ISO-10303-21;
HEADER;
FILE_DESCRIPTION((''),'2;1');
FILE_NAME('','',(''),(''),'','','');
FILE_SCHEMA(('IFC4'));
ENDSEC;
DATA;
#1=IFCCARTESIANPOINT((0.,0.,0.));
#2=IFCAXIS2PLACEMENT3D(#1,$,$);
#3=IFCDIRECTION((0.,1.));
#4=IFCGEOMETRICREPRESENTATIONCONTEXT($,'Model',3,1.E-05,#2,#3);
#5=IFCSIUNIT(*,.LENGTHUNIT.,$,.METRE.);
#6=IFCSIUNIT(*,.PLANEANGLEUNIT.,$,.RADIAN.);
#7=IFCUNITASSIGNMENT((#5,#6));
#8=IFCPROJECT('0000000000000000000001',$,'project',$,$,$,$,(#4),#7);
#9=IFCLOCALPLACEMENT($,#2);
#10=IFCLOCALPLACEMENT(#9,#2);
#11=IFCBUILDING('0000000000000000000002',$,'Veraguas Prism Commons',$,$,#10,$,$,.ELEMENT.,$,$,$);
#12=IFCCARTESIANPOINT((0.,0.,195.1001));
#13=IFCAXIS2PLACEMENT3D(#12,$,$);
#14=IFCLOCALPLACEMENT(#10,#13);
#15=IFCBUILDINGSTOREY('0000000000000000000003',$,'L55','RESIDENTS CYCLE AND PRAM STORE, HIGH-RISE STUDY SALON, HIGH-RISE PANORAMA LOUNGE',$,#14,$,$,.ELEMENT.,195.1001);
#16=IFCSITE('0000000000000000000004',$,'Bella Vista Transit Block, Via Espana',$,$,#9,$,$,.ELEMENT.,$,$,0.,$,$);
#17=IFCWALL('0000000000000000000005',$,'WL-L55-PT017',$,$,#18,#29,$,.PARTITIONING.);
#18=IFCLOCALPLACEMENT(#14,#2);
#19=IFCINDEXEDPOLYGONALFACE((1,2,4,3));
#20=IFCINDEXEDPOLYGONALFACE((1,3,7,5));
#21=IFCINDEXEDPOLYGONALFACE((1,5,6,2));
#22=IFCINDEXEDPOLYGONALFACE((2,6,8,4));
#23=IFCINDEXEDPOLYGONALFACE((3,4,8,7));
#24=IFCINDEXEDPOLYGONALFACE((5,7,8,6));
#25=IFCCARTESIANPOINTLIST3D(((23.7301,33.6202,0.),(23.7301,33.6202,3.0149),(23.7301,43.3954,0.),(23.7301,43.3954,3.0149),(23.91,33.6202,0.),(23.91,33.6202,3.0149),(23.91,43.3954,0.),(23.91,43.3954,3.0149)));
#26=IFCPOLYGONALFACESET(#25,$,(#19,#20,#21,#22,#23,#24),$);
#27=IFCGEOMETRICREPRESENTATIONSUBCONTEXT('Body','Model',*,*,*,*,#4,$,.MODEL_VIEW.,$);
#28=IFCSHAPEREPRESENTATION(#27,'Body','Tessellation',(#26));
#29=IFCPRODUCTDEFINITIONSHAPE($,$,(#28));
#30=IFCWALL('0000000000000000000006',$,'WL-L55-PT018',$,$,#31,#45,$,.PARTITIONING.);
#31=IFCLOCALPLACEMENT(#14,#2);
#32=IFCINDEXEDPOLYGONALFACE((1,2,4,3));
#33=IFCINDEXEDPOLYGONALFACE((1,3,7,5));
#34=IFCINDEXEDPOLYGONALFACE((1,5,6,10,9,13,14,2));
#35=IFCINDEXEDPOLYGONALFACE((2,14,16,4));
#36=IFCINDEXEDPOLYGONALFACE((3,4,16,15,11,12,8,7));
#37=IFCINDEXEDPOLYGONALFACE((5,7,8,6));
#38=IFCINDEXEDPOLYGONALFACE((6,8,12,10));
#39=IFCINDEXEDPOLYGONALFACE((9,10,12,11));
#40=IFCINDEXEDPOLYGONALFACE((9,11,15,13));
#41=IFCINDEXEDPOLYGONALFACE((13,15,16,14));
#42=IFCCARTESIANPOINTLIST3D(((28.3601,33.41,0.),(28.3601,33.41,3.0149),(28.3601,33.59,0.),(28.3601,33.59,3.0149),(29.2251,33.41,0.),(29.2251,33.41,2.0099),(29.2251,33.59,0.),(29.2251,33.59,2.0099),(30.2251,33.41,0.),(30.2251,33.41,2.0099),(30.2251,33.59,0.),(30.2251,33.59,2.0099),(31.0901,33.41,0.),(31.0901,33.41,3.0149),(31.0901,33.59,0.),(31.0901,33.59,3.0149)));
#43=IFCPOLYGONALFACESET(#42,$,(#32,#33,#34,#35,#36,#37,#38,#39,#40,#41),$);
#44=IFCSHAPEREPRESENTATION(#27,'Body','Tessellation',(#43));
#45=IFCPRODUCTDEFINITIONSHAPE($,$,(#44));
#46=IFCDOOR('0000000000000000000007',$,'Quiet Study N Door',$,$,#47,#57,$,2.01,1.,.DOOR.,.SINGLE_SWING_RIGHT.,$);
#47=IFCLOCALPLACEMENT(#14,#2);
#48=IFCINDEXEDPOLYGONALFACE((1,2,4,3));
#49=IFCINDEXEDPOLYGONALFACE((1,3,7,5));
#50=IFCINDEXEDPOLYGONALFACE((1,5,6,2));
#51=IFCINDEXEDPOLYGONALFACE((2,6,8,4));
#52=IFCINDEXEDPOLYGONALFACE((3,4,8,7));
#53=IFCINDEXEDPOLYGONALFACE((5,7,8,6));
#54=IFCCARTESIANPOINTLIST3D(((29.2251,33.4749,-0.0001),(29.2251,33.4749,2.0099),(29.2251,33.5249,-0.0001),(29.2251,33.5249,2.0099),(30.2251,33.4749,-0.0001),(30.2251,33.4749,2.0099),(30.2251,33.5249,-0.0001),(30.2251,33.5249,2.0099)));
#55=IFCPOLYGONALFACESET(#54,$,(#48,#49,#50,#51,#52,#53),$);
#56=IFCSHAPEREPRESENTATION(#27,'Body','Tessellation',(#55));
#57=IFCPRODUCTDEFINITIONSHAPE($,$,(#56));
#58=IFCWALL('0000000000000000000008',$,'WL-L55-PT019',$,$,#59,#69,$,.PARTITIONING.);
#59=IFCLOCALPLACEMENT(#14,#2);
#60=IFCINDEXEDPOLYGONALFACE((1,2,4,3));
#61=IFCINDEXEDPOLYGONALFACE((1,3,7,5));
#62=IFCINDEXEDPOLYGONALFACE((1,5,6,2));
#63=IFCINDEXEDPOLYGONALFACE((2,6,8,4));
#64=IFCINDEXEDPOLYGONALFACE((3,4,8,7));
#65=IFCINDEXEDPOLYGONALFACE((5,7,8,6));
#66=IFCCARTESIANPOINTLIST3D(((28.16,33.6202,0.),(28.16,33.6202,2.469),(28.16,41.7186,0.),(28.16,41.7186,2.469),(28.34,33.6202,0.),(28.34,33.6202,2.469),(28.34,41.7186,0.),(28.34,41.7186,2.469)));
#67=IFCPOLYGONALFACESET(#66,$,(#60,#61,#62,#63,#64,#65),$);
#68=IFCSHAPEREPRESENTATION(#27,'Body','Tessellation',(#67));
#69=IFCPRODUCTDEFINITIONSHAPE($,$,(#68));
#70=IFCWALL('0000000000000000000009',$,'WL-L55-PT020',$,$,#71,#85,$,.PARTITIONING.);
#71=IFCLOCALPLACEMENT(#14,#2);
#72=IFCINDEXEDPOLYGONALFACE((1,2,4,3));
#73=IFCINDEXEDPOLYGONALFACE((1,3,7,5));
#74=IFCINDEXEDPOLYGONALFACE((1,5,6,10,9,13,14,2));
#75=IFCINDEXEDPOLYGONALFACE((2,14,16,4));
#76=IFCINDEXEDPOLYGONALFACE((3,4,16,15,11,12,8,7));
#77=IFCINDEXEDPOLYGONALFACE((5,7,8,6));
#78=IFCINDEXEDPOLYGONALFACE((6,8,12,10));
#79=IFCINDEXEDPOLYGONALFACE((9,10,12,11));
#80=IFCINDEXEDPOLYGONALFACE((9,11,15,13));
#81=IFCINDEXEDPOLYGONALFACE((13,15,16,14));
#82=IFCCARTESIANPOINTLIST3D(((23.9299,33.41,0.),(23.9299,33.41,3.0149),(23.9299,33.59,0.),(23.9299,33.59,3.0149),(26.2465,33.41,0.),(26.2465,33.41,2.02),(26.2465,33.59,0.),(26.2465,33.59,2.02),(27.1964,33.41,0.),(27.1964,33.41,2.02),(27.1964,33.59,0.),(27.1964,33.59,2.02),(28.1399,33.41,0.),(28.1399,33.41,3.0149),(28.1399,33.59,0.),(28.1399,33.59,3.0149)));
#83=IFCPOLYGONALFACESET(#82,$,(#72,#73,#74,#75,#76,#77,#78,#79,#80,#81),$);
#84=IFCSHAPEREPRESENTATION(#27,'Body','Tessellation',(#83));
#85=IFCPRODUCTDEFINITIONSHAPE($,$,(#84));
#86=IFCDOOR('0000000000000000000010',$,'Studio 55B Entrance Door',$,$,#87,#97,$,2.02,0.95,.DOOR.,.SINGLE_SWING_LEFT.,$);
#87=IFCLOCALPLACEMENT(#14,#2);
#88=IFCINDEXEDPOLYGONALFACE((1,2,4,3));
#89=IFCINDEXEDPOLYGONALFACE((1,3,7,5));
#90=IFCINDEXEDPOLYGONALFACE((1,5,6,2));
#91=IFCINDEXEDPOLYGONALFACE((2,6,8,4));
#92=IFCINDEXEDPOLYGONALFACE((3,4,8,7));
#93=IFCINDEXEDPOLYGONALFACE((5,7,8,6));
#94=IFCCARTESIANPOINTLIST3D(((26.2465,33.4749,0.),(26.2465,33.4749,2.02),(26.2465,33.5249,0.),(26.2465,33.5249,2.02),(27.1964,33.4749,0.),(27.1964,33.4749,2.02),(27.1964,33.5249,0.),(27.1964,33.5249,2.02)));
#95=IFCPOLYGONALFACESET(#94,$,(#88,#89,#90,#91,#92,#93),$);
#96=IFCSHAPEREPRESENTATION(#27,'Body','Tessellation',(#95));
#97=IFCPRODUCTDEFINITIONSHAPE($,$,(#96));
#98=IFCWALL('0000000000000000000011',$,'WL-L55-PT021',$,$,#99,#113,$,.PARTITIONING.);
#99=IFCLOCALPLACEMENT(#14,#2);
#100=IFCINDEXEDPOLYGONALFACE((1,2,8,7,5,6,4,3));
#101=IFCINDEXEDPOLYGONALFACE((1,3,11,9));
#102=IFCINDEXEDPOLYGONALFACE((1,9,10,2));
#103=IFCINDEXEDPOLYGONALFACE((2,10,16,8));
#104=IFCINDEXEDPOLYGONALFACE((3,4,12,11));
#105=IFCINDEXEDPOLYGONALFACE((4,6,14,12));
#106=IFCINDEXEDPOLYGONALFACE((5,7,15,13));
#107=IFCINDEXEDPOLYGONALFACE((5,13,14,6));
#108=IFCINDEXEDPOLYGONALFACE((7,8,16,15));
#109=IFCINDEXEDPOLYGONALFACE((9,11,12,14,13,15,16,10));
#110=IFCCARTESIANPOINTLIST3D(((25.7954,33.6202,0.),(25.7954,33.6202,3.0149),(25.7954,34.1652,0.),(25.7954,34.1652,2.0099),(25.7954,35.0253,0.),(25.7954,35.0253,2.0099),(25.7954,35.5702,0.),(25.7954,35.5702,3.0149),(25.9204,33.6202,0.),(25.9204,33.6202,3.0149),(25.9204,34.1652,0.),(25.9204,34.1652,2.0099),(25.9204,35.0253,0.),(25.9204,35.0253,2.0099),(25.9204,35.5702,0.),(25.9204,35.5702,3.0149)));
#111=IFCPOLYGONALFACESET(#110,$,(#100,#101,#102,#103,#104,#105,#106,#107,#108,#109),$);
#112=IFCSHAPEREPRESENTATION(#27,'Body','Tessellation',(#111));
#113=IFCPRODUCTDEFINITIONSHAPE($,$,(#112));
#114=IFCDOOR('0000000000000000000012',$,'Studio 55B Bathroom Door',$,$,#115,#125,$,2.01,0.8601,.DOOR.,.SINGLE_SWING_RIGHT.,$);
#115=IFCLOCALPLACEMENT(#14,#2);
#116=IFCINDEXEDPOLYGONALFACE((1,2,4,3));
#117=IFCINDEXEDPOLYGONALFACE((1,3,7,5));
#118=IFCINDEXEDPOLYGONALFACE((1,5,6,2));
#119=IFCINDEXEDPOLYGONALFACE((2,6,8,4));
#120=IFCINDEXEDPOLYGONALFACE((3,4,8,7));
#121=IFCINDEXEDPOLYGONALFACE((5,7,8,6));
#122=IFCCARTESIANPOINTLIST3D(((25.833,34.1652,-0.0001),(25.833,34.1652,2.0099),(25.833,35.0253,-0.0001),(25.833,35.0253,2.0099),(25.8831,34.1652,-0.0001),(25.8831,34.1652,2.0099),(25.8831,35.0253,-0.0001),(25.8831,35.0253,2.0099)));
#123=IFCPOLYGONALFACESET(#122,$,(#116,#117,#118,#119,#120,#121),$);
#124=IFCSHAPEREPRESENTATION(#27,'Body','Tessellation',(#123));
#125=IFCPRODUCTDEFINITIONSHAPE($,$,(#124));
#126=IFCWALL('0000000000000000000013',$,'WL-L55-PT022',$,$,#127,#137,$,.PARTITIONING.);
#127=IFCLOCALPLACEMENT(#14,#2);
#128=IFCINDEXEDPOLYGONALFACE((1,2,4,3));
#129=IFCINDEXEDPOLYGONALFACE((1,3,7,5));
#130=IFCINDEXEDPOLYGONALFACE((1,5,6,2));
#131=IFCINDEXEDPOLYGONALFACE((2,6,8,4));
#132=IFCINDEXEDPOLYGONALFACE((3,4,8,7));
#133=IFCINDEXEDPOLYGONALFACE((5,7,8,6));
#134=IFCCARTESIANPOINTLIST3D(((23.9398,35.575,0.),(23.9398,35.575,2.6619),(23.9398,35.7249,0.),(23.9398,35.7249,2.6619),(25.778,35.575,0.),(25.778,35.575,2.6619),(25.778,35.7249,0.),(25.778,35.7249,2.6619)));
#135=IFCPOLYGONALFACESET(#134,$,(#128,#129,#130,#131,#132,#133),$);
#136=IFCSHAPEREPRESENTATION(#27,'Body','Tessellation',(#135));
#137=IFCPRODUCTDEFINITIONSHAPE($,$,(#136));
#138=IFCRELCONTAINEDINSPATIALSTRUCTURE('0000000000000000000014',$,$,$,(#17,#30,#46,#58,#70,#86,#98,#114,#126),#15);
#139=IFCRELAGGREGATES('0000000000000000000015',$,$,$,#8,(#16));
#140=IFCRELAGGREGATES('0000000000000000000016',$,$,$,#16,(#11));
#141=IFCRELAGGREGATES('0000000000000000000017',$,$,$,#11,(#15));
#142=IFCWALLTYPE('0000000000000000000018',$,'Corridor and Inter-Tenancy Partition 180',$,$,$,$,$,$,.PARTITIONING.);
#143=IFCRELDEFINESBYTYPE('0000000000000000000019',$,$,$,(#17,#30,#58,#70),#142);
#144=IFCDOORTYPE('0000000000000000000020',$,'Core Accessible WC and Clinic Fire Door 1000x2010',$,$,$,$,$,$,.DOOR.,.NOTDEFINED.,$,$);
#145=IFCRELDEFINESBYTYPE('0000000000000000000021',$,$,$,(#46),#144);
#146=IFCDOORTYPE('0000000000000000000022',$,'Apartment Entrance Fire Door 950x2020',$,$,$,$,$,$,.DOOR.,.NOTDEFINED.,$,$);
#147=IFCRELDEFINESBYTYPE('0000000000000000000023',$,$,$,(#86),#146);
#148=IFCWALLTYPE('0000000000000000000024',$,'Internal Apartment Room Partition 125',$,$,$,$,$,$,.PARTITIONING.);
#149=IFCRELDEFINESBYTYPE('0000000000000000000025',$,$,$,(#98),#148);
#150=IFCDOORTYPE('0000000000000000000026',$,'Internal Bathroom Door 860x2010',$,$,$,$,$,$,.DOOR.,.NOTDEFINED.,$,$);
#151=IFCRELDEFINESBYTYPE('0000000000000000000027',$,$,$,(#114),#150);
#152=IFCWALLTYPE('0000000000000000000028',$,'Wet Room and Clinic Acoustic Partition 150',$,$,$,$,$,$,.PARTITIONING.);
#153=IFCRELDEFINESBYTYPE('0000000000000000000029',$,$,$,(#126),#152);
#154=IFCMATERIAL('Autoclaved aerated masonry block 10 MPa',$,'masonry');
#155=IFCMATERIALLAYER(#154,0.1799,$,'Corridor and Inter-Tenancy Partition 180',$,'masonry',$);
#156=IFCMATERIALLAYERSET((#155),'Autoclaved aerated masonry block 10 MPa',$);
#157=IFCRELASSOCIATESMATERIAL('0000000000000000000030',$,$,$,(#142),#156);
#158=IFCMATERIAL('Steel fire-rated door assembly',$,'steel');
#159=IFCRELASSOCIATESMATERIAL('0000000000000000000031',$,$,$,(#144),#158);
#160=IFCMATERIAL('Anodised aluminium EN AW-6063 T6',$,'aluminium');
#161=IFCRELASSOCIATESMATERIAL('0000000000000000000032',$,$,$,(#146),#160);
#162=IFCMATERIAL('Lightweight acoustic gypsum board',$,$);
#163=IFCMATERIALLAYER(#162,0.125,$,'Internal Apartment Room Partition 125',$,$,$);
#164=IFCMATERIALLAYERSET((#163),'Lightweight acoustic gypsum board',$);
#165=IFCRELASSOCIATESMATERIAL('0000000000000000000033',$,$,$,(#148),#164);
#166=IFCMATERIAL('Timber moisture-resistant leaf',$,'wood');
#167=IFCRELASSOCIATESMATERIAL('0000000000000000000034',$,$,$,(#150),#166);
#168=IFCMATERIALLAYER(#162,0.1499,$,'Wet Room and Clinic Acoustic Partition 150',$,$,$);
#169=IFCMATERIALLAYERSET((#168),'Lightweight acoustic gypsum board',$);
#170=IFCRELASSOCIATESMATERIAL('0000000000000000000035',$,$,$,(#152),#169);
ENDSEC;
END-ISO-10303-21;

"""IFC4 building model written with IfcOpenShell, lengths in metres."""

from ifc_helpers import new_model, si_unit, direction, frame, frame_2d, origin, place, context, subcontext, project, spatial, rectangle, extrude, source, transform, mapped, material, layer, layer_set, type_object, element, fill, save


model = new_model("IFC4")

# Units and contexts
model_context = context("Model", 3, precision=1e-05, world=origin(), true_north=direction((0.0, 1.0)))
body_context = subcontext(model_context, "Body", "Model", "MODEL_VIEW")
ifc_project = project(units=[si_unit("LENGTHUNIT", "METRE"), si_unit("PLANEANGLEUNIT", "RADIAN")], contexts=[model_context])

# Site, building, storey
site_placement = place(None, origin())
site = spatial("IfcSite", under=ifc_project, at=site_placement, Name="Bella Vista Transit Block, Via Espana", CompositionType="ELEMENT", RefElevation=0.0)
building_placement = place(site_placement, origin())
building = spatial("IfcBuilding", under=site, at=building_placement, Name="Veraguas Prism Commons", CompositionType="ELEMENT")
storey_placement = place(building_placement, frame((0.0, 0.0, 195.1001)))
storey = spatial("IfcBuildingStorey", under=building, at=storey_placement, Name="L55", Description="RESIDENTS CYCLE AND PRAM STORE, HIGH-RISE STUDY SALON, HIGH-RISE PANORAMA LOUNGE", CompositionType="ELEMENT", Elevation=195.1001)

# Shared definitions
ifc_material_1 = material(Name="Anodised aluminium EN AW-6063 T6", Category="aluminium")

# Wall
ifc_material_2 = material(Name="Autoclaved aerated masonry block 10 MPa", Category="masonry")
ifc_layer_1 = layer(ifc_material_2, 0.1799, Name="Corridor and Inter-Tenancy Partition 180", Category="masonry")
ifc_layer_set_1 = layer_set([ifc_layer_1], Name="Autoclaved aerated masonry block 10 MPa")
wall_type_1 = type_object("IfcWallType", Name="Corridor and Inter-Tenancy Partition 180", PredefinedType="PARTITIONING", material=ifc_layer_set_1)
wall_1_placement = place(storey_placement, frame((23.8201, 33.6201, 0.0), z_axis=(0.0, 0.0, 1.0), x_axis=(0.0, 1.0, 0.0)))
element("IfcWall", 1, at=wall_1_placement, inside=storey, type_object=wall_type_1, Name="WL-L55-PT017", PredefinedType="PARTITIONING", context=body_context, shape_type="SweptSolid", body=[
    extrude(rectangle(XDim=9.7751, YDim=0.1799, at=frame_2d((4.8877, 0.0))), origin(), (0.0, 0.0, 1.0), 3.0149),
])

# Wall, opening, door
wall_2_placement = place(storey_placement, frame((28.3601, 33.5, 0.0), z_axis=(0.0, 0.0, 1.0), x_axis=(1.0, 0.0, 0.0)))
wall_2 = element("IfcWall", 2, at=wall_2_placement, inside=storey, type_object=wall_type_1, Name="WL-L55-PT018", PredefinedType="PARTITIONING", context=body_context, shape_type="SweptSolid", body=[
    extrude(rectangle(XDim=2.73, YDim=0.1799, at=frame_2d((1.365, 0.0))), origin(), (0.0, 0.0, 1.0), 3.0149),
])
opening_1_placement = place(wall_2_placement, frame((0.865, 0.0, 0.0)))
opening_1 = element("IfcOpeningElement", 3, at=opening_1_placement, cuts=wall_2, PredefinedType="OPENING", context=body_context, shape_type="SweptSolid", body=[
    extrude(rectangle(XDim=1.0, YDim=2.01, at=frame_2d((0.5, 1.0049))), frame((0.0, 0.0999, 0.0), z_axis=(0.0, -1.0, 0.0), x_axis=(1.0, 0.0, 0.0)), (0.0, 0.0, 1.0), 0.2),
])
ifc_material_3 = material(Name="Steel fire-rated door assembly", Category="steel")
door_type_1 = type_object("IfcDoorType", Name="Core Accessible WC and Clinic Fire Door 1000x2010", OperationType="NOTDEFINED", PredefinedType="DOOR", material=ifc_material_3)
shared_shape_1 = source(origin(), body_context, "Body", "SweptSolid", [
    extrude(rectangle(XDim=1.0, YDim=2.01, at=frame_2d((0.5, 1.0049))), frame((0.0, 0.0249, 0.0), z_axis=(0.0, -1.0, 0.0), x_axis=(1.0, 0.0, 0.0)), (0.0, 0.0, 1.0), 0.05),
])
door_1_placement = place(opening_1_placement, origin())
door_1 = element("IfcDoor", 4, at=door_1_placement, inside=storey, type_object=door_type_1, Name="Quiet Study N Door", OperationType="SINGLE_SWING_RIGHT", OverallHeight=2.01, OverallWidth=1.0, PredefinedType="DOOR", context=body_context, shape_type="MappedRepresentation", body=[
    mapped(shared_shape_1, transform((0.0, 0.0, 0.0), scale=1.0)),
])
fill(opening_1, door_1)

# Wall
wall_3_placement = place(storey_placement, frame((28.25, 33.6201, 0.0), z_axis=(0.0, 0.0, 1.0), x_axis=(0.0, 1.0, 0.0)))
element("IfcWall", 5, at=wall_3_placement, inside=storey, type_object=wall_type_1, Name="WL-L55-PT019", PredefinedType="PARTITIONING", context=body_context, shape_type="SweptSolid", body=[
    extrude(rectangle(XDim=8.0984, YDim=0.1799, at=frame_2d((4.0493, 0.0))), origin(), (0.0, 0.0, 1.0), 2.469),
])

# Walls, openings, doors
wall_4_placement = place(storey_placement, frame((23.9299, 33.5, 0.0), z_axis=(0.0, 0.0, 1.0), x_axis=(1.0, 0.0, 0.0)))
wall_4 = element("IfcWall", 6, at=wall_4_placement, inside=storey, type_object=wall_type_1, Name="WL-L55-PT020", PredefinedType="PARTITIONING", context=body_context, shape_type="SweptSolid", body=[
    extrude(rectangle(XDim=4.21, YDim=0.1799, at=frame_2d((2.105, 0.0))), origin(), (0.0, 0.0, 1.0), 3.0149),
])
opening_2_placement = place(wall_4_placement, frame((2.3164, 0.0, 0.0)))
opening_2 = element("IfcOpeningElement", 7, at=opening_2_placement, cuts=wall_4, PredefinedType="OPENING", context=body_context, shape_type="SweptSolid", body=[
    extrude(rectangle(XDim=0.95, YDim=2.02, at=frame_2d((0.4751, 1.01))), frame((0.0, 0.0999, 0.0), z_axis=(0.0, -1.0, 0.0), x_axis=(1.0, 0.0, 0.0)), (0.0, 0.0, 1.0), 0.2),
])
door_type_2 = type_object("IfcDoorType", Name="Apartment Entrance Fire Door 950x2020", OperationType="NOTDEFINED", PredefinedType="DOOR", material=ifc_material_1)
shared_shape_2 = source(origin(), body_context, "Body", "SweptSolid", [
    extrude(rectangle(XDim=0.95, YDim=2.02, at=frame_2d((0.4751, 1.01))), frame((0.0, 0.0249, 0.0), z_axis=(0.0, -1.0, 0.0), x_axis=(1.0, 0.0, 0.0)), (0.0, 0.0, 1.0), 0.05),
])
door_2_placement = place(opening_2_placement, origin())
door_2 = element("IfcDoor", 8, at=door_2_placement, inside=storey, type_object=door_type_2, Name="Studio 55B Entrance Door", OperationType="SINGLE_SWING_LEFT", OverallHeight=2.02, OverallWidth=0.95, PredefinedType="DOOR", context=body_context, shape_type="MappedRepresentation", body=[
    mapped(shared_shape_2, transform((0.0, 0.0, 0.0), scale=1.0)),
])
fill(opening_2, door_2)
ifc_material_4 = material(Name="Lightweight acoustic gypsum board")
ifc_layer_2 = layer(ifc_material_4, 0.125, Name="Internal Apartment Room Partition 125")
ifc_layer_set_2 = layer_set([ifc_layer_2], Name="Lightweight acoustic gypsum board")
wall_type_2 = type_object("IfcWallType", Name="Internal Apartment Room Partition 125", PredefinedType="PARTITIONING", material=ifc_layer_set_2)
wall_5_placement = place(storey_placement, frame((25.8579, 33.6201, 0.0), z_axis=(0.0, 0.0, 1.0), x_axis=(0.0, 1.0, 0.0)))
wall_5 = element("IfcWall", 9, at=wall_5_placement, inside=storey, type_object=wall_type_2, Name="WL-L55-PT021", PredefinedType="PARTITIONING", context=body_context, shape_type="SweptSolid", body=[
    extrude(rectangle(XDim=1.95, YDim=0.125, at=frame_2d((0.9751, 0.0))), origin(), (0.0, 0.0, 1.0), 3.0149),
])
opening_3_placement = place(wall_5_placement, frame((0.5449, 0.0, 0.0)))
opening_3 = element("IfcOpeningElement", 10, at=opening_3_placement, cuts=wall_5, PredefinedType="OPENING", context=body_context, shape_type="SweptSolid", body=[
    extrude(rectangle(XDim=0.8601, YDim=2.01, at=frame_2d((0.4302, 1.0049))), frame((0.0, 0.0725, 0.0), z_axis=(0.0, -1.0, 0.0), x_axis=(1.0, 0.0, 0.0)), (0.0, 0.0, 1.0), 0.145),
])
ifc_material_5 = material(Name="Timber moisture-resistant leaf", Category="wood")
door_type_3 = type_object("IfcDoorType", Name="Internal Bathroom Door 860x2010", OperationType="NOTDEFINED", PredefinedType="DOOR", material=ifc_material_5)
shared_shape_3 = source(origin(), body_context, "Body", "SweptSolid", [
    extrude(rectangle(XDim=0.8601, YDim=2.01, at=frame_2d((0.4302, 1.0049))), frame((0.0, 0.0249, 0.0), z_axis=(0.0, -1.0, 0.0), x_axis=(1.0, 0.0, 0.0)), (0.0, 0.0, 1.0), 0.05),
])
door_3_placement = place(opening_3_placement, origin())
door_3 = element("IfcDoor", 11, at=door_3_placement, inside=storey, type_object=door_type_3, Name="Studio 55B Bathroom Door", OperationType="SINGLE_SWING_RIGHT", OverallHeight=2.01, OverallWidth=0.8601, PredefinedType="DOOR", context=body_context, shape_type="MappedRepresentation", body=[
    mapped(shared_shape_3, transform((0.0, 0.0, 0.0), scale=1.0)),
])
fill(opening_3, door_3)

# Wall
ifc_layer_3 = layer(ifc_material_4, 0.1499, Name="Wet Room and Clinic Acoustic Partition 150")
ifc_layer_set_3 = layer_set([ifc_layer_3], Name="Lightweight acoustic gypsum board")
wall_type_3 = type_object("IfcWallType", Name="Wet Room and Clinic Acoustic Partition 150", PredefinedType="PARTITIONING", material=ifc_layer_set_3)
wall_6_placement = place(storey_placement, frame((23.9399, 35.6499, 0.0), z_axis=(0.0, 0.0, 1.0), x_axis=(1.0, 0.0, 0.0)))
element("IfcWall", 12, at=wall_6_placement, inside=storey, type_object=wall_type_3, Name="WL-L55-PT022", PredefinedType="PARTITIONING", context=body_context, shape_type="SweptSolid", body=[
    extrude(rectangle(XDim=1.8381, YDim=0.1499, at=frame_2d((0.9189, 0.0))), origin(), (0.0, 0.0, 1.0), 2.6619),
])

save(model, "model.ifc")
